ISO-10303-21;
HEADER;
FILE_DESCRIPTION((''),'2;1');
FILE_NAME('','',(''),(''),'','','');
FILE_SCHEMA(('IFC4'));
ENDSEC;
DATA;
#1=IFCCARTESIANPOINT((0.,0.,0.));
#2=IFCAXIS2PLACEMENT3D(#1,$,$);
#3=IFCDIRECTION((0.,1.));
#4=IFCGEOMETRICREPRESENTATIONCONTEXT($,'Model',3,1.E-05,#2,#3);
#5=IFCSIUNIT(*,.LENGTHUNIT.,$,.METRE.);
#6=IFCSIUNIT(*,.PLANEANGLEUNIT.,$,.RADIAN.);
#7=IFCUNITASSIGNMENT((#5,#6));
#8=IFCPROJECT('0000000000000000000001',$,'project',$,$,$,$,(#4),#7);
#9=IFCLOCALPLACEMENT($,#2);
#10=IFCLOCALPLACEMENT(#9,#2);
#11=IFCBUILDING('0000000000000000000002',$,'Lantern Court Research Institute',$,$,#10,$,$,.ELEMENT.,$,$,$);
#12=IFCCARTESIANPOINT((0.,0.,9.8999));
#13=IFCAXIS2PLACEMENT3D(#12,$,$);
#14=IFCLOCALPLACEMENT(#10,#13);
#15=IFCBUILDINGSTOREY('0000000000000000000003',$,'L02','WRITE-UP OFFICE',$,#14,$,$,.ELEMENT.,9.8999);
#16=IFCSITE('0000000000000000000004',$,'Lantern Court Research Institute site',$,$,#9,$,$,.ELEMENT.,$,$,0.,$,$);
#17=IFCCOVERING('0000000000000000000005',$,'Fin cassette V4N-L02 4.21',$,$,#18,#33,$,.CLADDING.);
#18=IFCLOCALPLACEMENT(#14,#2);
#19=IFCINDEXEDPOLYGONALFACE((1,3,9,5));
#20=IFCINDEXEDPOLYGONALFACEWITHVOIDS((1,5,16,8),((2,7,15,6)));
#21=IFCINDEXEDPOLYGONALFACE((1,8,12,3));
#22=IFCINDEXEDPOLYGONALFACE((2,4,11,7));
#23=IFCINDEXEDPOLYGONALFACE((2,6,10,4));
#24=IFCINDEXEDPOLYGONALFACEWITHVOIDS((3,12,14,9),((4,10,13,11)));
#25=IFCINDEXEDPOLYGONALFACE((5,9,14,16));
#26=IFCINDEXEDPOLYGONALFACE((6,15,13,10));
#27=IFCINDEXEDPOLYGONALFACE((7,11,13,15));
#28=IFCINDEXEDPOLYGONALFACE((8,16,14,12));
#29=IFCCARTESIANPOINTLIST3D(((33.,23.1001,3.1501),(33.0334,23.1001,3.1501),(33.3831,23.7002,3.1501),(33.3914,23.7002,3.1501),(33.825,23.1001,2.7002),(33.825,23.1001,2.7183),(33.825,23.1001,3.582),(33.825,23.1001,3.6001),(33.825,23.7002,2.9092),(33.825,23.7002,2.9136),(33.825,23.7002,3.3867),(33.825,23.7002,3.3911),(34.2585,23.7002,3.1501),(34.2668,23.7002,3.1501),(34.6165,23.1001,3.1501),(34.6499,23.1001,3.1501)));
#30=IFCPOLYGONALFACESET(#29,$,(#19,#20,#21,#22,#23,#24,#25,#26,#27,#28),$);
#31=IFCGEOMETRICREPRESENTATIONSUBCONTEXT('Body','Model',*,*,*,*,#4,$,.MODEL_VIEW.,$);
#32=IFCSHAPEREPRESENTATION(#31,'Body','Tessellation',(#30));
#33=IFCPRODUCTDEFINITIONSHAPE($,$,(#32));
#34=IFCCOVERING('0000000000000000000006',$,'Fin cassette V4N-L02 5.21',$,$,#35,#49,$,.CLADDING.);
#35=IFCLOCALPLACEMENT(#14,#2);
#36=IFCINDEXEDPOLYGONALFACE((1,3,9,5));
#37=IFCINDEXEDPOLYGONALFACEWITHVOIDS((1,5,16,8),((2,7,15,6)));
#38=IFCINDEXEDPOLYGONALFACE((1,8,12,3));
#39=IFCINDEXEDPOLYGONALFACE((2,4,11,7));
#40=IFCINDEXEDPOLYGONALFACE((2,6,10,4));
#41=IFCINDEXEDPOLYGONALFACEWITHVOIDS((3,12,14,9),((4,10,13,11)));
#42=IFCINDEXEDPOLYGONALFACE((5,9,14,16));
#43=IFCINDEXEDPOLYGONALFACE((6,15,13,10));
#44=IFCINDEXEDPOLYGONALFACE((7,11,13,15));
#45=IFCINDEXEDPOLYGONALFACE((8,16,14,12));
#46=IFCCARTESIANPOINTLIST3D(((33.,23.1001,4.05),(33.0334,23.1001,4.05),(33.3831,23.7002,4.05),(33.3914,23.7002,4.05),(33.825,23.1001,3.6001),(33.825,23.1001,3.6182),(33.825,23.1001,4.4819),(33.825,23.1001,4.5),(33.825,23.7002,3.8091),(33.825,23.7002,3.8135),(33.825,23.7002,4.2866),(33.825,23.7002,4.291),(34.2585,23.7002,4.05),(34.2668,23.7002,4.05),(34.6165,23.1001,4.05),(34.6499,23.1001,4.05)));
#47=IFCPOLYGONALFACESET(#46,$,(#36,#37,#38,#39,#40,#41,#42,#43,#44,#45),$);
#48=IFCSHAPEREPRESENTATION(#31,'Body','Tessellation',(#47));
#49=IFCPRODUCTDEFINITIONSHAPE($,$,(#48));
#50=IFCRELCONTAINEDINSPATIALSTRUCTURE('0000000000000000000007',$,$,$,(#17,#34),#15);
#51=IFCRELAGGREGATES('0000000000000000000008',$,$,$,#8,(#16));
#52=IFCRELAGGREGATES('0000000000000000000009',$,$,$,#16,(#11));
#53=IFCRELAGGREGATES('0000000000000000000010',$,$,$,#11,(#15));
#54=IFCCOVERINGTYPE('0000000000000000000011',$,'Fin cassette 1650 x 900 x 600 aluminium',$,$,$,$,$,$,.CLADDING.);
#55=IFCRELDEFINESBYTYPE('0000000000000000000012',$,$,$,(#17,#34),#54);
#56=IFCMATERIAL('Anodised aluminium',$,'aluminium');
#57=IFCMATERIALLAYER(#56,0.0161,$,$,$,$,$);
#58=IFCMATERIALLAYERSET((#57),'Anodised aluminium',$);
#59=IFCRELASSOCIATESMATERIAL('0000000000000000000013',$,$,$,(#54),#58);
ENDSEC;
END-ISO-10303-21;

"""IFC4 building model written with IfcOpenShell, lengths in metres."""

from ifc_helpers import new_model, entity, si_unit, direction, frame, origin, place, context, subcontext, project, spatial, material, layer, layer_set, type_object, element, save


model = new_model("IFC4")

# Units and contexts
model_context = context("Model", 3, precision=1e-05, world=origin(), true_north=direction((0.0, 1.0)))
body_context = subcontext(model_context, "Body", "Model", "MODEL_VIEW")
ifc_project = project(units=[si_unit("LENGTHUNIT", "METRE"), si_unit("PLANEANGLEUNIT", "RADIAN")], contexts=[model_context])

# Site, building, storey
site_placement = place(None, origin())
site = spatial("IfcSite", under=ifc_project, at=site_placement, Name="Lantern Court Research Institute site", CompositionType="ELEMENT", RefElevation=0.0)
building_placement = place(site_placement, origin())
building = spatial("IfcBuilding", under=site, at=building_placement, Name="Lantern Court Research Institute", CompositionType="ELEMENT")
storey_placement = place(building_placement, frame((0.0, 0.0, 9.8999)))
storey = spatial("IfcBuildingStorey", under=building, at=storey_placement, Name="L02", Description="WRITE-UP OFFICE", CompositionType="ELEMENT", Elevation=9.8999)

# Coverings
ifc_material_1 = material(Name="Anodised aluminium", Category="aluminium")
ifc_layer_1 = layer(ifc_material_1, 0.0161)
ifc_layer_set_1 = layer_set([ifc_layer_1], Name="Anodised aluminium")
covering_type = type_object("IfcCoveringType", Name="Fin cassette 1650 x 900 x 600 aluminium", PredefinedType="CLADDING", material=ifc_layer_set_1)
covering_1_placement = place(storey_placement, frame((33.825, 23.1001, 3.1501), z_axis=(0.0, 1.0, 0.0), x_axis=(-1.0, 0.0, 0.0)))
cartesian_point_1 = entity("IfcCartesianPoint", [0.825, 0.0])
cartesian_point_2 = entity("IfcCartesianPoint", [0.7915, 0.0])
cartesian_point_3 = entity("IfcCartesianPoint", [0.4419, 0.0])
cartesian_point_4 = entity("IfcCartesianPoint", [0.4336, 0.0])
element("IfcCovering", 1, at=covering_1_placement, inside=storey, type_object=covering_type, Name="Fin cassette V4N-L02 4.21", PredefinedType="CLADDING", context=body_context, shape_type="SweptSolid", body=[
    entity("IfcExtrudedAreaSolidTapered", entity("IfcArbitraryProfileDefWithVoids", "AREA", None, entity("IfcPolyline", [cartesian_point_1, entity("IfcCartesianPoint", [0.0, 0.45]), entity("IfcCartesianPoint", [-0.825, 0.0]), entity("IfcCartesianPoint", [0.0, -0.45]), cartesian_point_1]), [entity("IfcPolyline", [cartesian_point_2, entity("IfcCartesianPoint", [0.0, 0.4319]), entity("IfcCartesianPoint", [-0.7915, 0.0]), entity("IfcCartesianPoint", [0.0, -0.4319]), cartesian_point_2])]), entity("IfcAxis2Placement3D", entity("IfcCartesianPoint", [0.0, 0.0, 0.0])), entity("IfcDirection", [0.0, 0.0, 1.0]), 0.6001, entity("IfcArbitraryProfileDefWithVoids", "AREA", None, entity("IfcPolyline", [cartesian_point_3, entity("IfcCartesianPoint", [0.0, 0.241]), entity("IfcCartesianPoint", [-0.4419, 0.0]), entity("IfcCartesianPoint", [0.0, -0.241]), cartesian_point_3]), [entity("IfcPolyline", [cartesian_point_4, entity("IfcCartesianPoint", [0.0, 0.2366]), entity("IfcCartesianPoint", [-0.4336, 0.0]), entity("IfcCartesianPoint", [0.0, -0.2366]), cartesian_point_4])])),
])
covering_2_placement = place(storey_placement, frame((33.825, 23.1001, 4.05), z_axis=(0.0, 1.0, 0.0), x_axis=(-1.0, 0.0, 0.0)))
cartesian_point_5 = entity("IfcCartesianPoint", [0.825, 0.0])
cartesian_point_6 = entity("IfcCartesianPoint", [0.7915, 0.0])
cartesian_point_7 = entity("IfcCartesianPoint", [0.4419, 0.0])
cartesian_point_8 = entity("IfcCartesianPoint", [0.4336, 0.0])
element("IfcCovering", 2, at=covering_2_placement, inside=storey, type_object=covering_type, Name="Fin cassette V4N-L02 5.21", PredefinedType="CLADDING", context=body_context, shape_type="SweptSolid", body=[
    entity("IfcExtrudedAreaSolidTapered", entity("IfcArbitraryProfileDefWithVoids", "AREA", None, entity("IfcPolyline", [cartesian_point_5, entity("IfcCartesianPoint", [0.0, 0.45]), entity("IfcCartesianPoint", [-0.825, 0.0]), entity("IfcCartesianPoint", [0.0, -0.45]), cartesian_point_5]), [entity("IfcPolyline", [cartesian_point_6, entity("IfcCartesianPoint", [0.0, 0.4319]), entity("IfcCartesianPoint", [-0.7915, 0.0]), entity("IfcCartesianPoint", [0.0, -0.4319]), cartesian_point_6])]), entity("IfcAxis2Placement3D", entity("IfcCartesianPoint", [0.0, 0.0, 0.0])), entity("IfcDirection", [0.0, 0.0, 1.0]), 0.6001, entity("IfcArbitraryProfileDefWithVoids", "AREA", None, entity("IfcPolyline", [cartesian_point_7, entity("IfcCartesianPoint", [0.0, 0.241]), entity("IfcCartesianPoint", [-0.4419, 0.0]), entity("IfcCartesianPoint", [0.0, -0.241]), cartesian_point_7]), [entity("IfcPolyline", [cartesian_point_8, entity("IfcCartesianPoint", [0.0, 0.2366]), entity("IfcCartesianPoint", [-0.4336, 0.0]), entity("IfcCartesianPoint", [0.0, -0.2366]), cartesian_point_8])])),
])

save(model, "model.ifc")
